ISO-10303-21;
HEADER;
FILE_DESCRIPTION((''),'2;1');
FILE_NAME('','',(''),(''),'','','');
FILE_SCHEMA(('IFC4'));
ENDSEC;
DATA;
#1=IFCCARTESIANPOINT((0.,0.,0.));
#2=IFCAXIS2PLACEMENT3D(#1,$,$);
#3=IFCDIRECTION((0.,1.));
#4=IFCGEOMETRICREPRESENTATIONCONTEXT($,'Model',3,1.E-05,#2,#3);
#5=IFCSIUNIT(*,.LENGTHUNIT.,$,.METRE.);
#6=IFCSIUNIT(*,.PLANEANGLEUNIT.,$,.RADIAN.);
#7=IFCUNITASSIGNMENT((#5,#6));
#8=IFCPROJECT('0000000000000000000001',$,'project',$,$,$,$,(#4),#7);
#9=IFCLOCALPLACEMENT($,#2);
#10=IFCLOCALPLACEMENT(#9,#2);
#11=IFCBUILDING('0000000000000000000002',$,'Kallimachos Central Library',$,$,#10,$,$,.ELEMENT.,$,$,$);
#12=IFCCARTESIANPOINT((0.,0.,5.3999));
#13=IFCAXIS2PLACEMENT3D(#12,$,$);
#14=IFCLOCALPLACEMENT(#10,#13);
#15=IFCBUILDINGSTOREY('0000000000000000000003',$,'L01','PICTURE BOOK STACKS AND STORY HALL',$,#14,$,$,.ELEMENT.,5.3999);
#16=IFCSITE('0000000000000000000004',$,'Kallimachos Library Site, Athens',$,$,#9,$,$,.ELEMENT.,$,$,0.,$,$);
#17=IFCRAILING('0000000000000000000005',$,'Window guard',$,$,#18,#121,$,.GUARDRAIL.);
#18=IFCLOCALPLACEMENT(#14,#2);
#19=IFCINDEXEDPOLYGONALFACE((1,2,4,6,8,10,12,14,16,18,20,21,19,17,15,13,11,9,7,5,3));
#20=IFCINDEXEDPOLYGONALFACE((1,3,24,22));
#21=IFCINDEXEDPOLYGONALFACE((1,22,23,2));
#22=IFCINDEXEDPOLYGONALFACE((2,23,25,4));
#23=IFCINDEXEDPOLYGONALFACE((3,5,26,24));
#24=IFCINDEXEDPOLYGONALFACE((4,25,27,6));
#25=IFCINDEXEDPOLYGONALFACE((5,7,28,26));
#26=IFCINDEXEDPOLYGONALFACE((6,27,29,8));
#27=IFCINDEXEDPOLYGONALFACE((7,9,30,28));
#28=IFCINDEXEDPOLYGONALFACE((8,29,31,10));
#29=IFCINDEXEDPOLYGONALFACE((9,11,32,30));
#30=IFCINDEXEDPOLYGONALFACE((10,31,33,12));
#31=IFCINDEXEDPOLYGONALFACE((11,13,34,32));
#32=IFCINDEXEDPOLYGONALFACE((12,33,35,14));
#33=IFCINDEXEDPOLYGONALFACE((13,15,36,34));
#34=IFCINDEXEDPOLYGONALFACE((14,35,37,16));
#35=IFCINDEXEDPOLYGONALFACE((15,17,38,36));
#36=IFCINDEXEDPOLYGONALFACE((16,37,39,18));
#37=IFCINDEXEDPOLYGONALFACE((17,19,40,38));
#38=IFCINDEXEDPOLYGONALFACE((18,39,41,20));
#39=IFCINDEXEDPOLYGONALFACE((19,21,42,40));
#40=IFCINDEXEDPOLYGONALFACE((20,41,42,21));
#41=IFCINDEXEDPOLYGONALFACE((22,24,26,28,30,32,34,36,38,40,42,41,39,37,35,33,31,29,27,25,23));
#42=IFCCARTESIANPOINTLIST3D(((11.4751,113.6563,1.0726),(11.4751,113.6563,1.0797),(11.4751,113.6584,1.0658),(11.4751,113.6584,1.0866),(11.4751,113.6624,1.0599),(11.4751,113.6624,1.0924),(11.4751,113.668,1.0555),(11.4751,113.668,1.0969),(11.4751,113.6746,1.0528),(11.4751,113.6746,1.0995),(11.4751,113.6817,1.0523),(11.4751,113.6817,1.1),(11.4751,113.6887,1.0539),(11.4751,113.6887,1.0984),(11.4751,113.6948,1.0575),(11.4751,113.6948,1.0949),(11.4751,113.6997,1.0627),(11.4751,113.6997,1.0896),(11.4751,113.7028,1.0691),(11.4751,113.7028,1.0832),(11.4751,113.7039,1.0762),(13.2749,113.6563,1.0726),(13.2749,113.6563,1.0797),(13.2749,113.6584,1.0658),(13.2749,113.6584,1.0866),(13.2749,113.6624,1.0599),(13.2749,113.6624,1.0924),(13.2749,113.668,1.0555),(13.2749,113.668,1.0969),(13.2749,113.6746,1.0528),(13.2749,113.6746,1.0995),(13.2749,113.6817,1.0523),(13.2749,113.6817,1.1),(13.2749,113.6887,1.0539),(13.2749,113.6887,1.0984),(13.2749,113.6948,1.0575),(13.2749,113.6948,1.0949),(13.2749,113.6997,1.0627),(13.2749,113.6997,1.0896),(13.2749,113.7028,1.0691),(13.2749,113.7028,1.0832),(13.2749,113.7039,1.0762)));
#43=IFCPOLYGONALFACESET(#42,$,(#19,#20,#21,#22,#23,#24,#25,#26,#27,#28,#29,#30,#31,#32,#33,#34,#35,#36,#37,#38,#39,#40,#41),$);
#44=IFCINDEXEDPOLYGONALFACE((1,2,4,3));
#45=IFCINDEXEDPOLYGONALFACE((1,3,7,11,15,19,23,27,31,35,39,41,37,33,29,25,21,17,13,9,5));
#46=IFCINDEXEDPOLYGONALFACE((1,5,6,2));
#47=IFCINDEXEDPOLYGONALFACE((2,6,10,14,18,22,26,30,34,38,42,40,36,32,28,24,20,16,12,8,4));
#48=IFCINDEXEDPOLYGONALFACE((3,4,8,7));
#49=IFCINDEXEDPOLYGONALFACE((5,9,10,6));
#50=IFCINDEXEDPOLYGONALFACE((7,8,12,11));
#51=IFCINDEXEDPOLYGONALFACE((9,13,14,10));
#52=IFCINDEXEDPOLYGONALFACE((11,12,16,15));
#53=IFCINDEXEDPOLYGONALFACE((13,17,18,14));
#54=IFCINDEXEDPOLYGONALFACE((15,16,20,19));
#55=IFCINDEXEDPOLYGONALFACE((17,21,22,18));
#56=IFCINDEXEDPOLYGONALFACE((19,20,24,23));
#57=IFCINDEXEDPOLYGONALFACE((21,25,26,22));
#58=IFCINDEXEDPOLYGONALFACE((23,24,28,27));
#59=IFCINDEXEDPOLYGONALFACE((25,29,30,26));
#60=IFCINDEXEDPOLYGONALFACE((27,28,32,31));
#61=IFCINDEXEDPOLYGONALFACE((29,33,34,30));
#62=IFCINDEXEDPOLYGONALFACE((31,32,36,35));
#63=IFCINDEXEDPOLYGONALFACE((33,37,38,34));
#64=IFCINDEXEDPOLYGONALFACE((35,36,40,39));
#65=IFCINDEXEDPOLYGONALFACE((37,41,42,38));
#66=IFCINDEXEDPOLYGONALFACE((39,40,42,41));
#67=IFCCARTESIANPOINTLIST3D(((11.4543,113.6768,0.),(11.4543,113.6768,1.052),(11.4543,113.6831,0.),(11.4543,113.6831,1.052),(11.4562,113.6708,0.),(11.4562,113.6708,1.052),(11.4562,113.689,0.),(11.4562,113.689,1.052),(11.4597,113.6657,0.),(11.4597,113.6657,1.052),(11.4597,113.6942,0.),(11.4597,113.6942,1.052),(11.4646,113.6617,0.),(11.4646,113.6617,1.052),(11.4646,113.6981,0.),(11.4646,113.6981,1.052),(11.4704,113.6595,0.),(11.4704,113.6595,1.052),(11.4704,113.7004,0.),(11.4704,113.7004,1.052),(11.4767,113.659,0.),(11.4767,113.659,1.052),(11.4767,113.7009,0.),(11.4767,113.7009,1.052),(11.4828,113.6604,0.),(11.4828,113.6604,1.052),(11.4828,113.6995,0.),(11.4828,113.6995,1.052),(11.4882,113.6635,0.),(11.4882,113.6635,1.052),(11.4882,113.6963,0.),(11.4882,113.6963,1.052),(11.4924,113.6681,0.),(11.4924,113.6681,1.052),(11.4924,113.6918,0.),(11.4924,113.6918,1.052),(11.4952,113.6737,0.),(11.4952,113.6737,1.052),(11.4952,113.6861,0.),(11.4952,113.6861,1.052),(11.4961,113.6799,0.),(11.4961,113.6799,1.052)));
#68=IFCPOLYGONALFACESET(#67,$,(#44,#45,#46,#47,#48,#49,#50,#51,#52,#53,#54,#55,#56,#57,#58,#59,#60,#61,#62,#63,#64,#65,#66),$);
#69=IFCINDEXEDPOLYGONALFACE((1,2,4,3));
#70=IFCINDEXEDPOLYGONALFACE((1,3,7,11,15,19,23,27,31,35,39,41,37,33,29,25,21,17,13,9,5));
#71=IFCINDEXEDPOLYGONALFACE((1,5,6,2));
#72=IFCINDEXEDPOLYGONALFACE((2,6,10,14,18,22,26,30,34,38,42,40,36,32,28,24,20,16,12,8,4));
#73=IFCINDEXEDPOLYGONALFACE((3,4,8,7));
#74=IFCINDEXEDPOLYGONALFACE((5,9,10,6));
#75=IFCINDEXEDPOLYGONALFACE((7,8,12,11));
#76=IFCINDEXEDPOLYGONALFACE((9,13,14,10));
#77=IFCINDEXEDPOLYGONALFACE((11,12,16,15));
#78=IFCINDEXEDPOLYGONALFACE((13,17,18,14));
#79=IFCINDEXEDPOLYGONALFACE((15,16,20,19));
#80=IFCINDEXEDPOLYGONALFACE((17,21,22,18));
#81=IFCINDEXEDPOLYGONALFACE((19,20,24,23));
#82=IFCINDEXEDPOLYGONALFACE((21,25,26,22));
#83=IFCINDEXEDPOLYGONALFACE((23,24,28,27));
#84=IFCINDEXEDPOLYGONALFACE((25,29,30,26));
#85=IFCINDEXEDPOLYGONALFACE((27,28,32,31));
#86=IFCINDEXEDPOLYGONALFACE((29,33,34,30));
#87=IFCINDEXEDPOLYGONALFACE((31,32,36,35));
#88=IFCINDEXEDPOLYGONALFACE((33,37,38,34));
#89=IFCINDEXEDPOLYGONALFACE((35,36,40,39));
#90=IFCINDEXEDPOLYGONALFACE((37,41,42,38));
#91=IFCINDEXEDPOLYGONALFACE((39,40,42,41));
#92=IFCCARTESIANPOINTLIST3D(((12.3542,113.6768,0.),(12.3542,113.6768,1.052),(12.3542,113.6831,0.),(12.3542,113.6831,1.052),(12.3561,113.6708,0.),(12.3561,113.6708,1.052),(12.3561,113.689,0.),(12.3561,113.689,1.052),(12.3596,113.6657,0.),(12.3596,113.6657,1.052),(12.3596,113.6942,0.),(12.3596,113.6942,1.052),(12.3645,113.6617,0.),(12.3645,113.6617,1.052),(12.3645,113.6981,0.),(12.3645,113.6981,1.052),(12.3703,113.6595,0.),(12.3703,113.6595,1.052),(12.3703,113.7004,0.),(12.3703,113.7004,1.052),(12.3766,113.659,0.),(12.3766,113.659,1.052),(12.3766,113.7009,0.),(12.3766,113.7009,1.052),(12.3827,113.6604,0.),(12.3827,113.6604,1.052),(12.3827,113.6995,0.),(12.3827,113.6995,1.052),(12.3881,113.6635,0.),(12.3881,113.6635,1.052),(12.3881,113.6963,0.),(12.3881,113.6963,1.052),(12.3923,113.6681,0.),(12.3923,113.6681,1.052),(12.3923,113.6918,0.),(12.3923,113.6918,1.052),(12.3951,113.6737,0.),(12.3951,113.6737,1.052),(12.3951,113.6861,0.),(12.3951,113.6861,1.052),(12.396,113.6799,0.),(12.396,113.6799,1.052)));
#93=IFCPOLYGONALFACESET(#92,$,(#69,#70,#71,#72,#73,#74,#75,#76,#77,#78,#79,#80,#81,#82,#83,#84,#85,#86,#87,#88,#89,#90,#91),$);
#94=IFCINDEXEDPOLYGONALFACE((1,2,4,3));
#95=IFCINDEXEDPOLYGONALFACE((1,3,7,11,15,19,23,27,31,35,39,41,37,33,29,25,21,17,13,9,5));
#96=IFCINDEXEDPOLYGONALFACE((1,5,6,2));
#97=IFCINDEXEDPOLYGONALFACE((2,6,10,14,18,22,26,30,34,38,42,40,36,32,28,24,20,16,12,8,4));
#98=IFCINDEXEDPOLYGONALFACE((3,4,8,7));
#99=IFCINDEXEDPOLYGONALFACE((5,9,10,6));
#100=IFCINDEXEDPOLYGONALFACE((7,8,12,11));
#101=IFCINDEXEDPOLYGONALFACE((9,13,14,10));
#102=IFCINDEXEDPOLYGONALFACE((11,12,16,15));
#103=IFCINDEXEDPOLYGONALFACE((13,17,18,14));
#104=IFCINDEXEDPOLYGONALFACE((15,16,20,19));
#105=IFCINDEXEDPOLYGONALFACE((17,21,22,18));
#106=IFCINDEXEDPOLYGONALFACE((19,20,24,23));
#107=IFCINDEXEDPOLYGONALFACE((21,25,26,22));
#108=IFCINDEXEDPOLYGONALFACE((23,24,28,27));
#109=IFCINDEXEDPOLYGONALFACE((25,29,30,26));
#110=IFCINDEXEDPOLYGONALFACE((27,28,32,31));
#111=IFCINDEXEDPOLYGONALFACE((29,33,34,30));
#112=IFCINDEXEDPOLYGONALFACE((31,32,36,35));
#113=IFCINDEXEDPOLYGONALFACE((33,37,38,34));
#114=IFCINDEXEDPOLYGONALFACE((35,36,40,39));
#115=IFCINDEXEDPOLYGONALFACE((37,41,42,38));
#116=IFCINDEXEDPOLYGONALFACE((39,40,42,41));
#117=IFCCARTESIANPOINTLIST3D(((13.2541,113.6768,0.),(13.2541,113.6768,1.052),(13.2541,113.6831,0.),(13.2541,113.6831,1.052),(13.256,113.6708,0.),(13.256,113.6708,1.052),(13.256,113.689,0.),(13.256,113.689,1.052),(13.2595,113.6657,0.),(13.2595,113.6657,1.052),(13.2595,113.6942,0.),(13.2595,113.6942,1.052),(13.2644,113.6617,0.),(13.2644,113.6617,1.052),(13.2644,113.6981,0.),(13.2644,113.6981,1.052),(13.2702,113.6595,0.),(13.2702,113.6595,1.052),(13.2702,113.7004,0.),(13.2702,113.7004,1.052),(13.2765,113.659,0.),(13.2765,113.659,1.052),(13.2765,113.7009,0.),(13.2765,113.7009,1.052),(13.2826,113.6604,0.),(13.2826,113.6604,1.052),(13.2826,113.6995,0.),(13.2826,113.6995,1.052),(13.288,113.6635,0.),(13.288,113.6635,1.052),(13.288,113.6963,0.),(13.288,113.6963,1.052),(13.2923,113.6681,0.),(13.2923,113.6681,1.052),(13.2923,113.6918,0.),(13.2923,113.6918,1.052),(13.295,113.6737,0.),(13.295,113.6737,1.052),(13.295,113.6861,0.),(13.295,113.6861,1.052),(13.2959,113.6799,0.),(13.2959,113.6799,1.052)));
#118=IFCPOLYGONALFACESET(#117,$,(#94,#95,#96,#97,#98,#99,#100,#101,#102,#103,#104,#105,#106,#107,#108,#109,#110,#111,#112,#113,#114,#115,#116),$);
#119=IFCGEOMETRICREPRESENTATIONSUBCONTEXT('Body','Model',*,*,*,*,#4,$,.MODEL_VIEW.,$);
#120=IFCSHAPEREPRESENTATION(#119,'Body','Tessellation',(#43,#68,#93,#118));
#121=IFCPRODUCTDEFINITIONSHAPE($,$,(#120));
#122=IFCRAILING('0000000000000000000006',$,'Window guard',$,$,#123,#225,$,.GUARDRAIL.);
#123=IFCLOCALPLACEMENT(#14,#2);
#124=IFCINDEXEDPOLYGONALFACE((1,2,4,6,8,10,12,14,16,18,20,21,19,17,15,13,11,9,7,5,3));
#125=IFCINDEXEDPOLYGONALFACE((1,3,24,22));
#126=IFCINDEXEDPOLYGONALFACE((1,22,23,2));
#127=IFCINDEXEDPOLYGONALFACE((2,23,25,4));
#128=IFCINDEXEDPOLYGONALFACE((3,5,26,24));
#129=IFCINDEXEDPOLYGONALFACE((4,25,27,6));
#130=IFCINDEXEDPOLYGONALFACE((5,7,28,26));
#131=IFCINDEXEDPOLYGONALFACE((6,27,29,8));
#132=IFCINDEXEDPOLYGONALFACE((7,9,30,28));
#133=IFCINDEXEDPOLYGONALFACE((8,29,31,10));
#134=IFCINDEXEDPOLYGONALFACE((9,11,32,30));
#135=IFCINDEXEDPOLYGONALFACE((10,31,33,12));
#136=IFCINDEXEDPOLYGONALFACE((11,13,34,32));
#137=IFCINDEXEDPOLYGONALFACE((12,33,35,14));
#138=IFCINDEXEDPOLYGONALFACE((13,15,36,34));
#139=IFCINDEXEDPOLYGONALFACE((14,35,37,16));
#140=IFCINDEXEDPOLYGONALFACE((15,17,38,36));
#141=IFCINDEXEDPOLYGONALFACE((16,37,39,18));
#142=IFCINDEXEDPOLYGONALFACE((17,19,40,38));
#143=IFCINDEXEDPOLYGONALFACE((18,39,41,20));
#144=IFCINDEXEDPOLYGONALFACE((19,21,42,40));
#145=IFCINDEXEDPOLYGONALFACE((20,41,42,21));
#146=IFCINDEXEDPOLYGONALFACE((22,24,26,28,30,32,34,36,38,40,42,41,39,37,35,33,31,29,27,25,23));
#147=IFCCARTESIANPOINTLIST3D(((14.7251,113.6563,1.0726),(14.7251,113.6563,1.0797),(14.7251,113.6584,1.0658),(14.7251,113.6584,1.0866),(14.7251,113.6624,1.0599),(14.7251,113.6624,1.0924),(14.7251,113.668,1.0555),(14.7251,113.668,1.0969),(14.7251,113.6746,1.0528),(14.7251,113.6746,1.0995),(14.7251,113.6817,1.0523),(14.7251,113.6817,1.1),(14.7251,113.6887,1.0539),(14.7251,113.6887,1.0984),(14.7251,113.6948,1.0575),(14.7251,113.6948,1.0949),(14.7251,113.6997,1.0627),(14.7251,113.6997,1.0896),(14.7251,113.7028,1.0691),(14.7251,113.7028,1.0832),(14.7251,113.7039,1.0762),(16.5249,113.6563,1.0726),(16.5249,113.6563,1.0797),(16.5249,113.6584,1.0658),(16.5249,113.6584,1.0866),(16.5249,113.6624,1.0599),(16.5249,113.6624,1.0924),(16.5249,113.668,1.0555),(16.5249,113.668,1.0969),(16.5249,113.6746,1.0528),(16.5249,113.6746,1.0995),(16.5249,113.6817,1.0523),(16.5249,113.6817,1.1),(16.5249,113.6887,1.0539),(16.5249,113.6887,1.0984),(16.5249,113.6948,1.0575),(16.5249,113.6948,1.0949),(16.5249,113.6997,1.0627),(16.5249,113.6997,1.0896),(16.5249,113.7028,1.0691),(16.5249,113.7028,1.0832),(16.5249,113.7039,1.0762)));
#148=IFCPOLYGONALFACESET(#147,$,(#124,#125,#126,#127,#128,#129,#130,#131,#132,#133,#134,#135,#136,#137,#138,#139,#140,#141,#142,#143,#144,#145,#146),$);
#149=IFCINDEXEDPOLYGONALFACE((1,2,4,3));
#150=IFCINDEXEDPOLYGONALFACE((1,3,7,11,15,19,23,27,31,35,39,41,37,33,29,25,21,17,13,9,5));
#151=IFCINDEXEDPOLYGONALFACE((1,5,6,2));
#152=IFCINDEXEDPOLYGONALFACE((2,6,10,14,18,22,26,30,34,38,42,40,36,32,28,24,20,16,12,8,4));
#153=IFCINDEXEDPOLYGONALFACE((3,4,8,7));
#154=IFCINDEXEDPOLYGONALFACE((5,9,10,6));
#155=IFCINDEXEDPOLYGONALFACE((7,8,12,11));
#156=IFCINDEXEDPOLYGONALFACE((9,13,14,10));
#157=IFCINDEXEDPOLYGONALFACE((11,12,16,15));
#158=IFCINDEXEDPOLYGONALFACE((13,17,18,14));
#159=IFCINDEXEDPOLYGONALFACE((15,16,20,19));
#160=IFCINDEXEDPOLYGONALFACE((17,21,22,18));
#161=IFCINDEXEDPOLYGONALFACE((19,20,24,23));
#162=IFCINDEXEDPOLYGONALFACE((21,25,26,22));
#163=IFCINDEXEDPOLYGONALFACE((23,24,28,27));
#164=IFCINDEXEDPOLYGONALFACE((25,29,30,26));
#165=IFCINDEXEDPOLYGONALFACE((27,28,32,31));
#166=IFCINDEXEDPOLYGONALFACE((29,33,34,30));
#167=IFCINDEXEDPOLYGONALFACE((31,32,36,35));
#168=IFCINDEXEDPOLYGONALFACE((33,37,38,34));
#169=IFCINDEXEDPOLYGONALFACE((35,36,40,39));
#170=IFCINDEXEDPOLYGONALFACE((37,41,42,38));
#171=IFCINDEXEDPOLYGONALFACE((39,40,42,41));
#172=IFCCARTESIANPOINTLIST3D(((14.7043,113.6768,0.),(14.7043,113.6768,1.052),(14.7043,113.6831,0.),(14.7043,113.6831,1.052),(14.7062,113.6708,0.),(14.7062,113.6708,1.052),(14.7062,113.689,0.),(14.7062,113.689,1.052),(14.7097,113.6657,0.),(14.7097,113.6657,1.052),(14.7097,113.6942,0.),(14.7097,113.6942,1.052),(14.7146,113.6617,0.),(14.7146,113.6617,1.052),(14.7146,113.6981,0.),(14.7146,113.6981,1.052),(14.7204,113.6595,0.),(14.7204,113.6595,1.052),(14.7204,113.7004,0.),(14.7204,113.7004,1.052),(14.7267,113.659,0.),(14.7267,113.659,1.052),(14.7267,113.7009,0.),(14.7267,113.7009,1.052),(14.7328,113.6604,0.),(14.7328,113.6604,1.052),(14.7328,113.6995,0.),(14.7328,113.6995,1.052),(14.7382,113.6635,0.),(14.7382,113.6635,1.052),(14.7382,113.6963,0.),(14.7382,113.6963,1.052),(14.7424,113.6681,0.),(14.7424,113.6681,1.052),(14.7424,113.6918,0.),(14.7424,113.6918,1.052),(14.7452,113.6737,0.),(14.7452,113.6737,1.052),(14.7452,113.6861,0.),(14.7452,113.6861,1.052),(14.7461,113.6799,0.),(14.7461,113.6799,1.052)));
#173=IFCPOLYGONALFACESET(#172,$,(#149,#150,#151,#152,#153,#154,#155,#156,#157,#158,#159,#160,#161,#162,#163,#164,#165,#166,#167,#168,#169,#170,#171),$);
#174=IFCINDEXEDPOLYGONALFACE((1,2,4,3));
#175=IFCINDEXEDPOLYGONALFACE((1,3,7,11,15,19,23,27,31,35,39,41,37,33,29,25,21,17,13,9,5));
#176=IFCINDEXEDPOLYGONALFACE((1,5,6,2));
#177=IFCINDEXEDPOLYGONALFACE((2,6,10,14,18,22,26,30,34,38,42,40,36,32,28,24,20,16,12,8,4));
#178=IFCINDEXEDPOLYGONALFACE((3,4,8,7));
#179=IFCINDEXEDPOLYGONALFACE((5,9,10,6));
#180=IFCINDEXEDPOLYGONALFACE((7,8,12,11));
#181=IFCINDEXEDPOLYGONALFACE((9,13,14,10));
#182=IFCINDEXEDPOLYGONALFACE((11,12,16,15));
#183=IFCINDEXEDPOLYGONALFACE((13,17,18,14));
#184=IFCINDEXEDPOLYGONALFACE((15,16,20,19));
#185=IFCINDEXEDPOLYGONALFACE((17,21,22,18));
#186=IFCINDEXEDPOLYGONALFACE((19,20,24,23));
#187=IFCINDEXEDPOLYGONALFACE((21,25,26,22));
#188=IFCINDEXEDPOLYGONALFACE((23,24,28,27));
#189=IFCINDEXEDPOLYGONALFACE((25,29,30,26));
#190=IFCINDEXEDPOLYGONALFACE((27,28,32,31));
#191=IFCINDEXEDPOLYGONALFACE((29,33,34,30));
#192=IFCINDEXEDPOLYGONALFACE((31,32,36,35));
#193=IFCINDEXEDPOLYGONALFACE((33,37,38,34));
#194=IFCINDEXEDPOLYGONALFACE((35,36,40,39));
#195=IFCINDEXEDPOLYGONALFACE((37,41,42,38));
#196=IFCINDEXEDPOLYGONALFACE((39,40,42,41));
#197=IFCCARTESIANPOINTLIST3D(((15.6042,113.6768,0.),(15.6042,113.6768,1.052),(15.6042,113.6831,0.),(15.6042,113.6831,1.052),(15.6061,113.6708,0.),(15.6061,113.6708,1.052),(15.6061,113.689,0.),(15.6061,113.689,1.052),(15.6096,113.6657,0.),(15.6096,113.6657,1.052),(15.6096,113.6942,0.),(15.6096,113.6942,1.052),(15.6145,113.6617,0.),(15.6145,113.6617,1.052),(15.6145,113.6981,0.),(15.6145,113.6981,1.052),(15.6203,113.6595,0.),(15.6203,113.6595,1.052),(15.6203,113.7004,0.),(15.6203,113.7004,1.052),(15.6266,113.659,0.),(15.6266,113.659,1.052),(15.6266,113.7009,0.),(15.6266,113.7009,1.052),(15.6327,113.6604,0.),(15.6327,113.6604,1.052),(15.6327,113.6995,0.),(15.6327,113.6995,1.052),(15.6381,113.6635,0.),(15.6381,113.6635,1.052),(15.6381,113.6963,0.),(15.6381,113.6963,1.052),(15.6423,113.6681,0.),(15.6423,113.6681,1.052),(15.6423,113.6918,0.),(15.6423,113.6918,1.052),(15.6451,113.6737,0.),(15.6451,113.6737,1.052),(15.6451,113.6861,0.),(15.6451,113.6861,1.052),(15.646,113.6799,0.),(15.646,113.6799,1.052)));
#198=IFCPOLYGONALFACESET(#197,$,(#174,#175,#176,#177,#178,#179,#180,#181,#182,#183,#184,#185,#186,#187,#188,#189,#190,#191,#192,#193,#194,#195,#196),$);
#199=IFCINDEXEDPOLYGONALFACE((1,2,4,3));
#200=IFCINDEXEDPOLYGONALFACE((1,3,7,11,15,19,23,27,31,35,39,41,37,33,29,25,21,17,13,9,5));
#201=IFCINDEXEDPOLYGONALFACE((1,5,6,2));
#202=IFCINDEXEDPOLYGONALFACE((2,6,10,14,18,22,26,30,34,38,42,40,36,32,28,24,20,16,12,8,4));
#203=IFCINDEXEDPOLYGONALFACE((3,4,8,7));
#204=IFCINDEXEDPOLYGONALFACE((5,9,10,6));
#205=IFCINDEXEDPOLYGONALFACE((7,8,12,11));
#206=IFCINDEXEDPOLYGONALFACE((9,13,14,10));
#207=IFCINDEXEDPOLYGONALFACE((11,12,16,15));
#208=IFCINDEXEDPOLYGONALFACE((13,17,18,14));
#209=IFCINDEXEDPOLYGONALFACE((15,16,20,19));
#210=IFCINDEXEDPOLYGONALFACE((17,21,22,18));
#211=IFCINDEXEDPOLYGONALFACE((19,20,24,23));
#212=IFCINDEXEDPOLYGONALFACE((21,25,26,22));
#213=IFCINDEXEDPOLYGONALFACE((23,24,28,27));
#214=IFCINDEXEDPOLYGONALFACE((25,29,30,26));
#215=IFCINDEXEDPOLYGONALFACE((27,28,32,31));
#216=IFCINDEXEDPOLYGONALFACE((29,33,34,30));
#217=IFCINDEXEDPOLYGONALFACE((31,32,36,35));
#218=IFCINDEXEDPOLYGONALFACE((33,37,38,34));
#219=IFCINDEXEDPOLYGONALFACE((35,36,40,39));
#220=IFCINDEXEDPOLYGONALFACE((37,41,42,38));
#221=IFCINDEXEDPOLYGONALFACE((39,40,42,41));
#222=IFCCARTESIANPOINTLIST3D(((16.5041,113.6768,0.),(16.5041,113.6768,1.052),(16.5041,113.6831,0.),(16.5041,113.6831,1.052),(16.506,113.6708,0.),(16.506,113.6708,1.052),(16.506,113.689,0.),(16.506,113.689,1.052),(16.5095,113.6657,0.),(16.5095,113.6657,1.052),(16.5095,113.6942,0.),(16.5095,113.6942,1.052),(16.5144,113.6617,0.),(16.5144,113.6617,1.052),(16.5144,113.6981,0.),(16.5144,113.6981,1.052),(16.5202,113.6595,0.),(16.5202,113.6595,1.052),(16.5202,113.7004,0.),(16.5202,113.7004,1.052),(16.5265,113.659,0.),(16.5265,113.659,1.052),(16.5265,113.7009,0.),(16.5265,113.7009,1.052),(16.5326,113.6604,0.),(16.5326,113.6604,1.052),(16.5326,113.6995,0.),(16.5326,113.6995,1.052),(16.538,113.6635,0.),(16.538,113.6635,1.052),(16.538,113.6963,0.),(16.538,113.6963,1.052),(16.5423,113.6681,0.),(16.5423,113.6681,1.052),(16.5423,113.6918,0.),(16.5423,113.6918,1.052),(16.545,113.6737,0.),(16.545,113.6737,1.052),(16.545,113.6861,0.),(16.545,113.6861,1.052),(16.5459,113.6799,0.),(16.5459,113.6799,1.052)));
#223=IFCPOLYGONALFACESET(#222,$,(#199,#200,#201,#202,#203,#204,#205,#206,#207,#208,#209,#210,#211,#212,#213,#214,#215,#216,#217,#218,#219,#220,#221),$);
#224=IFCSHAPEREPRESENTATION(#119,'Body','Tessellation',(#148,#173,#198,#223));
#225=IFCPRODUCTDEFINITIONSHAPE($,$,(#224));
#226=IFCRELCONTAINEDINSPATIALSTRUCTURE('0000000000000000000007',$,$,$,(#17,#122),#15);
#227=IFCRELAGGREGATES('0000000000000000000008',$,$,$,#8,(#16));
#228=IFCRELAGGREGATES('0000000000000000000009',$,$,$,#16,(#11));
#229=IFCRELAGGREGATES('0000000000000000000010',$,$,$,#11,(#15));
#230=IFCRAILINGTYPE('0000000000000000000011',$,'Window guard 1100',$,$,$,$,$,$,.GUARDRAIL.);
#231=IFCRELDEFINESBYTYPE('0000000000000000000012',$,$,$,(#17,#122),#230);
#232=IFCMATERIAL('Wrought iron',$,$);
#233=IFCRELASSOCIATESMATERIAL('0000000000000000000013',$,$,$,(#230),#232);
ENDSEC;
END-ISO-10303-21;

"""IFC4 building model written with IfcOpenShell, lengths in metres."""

from ifc_helpers import new_model, si_unit, direction, frame, origin, origin_2d, place, context, subcontext, project, spatial, circle, extrude, material, type_object, element, save


model = new_model("IFC4")

# Units and contexts
model_context = context("Model", 3, precision=1e-05, world=origin(), true_north=direction((0.0, 1.0)))
body_context = subcontext(model_context, "Body", "Model", "MODEL_VIEW")
ifc_project = project(units=[si_unit("LENGTHUNIT", "METRE"), si_unit("PLANEANGLEUNIT", "RADIAN")], contexts=[model_context])

# Site, building, storey
site_placement = place(None, origin())
site = spatial("IfcSite", under=ifc_project, at=site_placement, Name="Kallimachos Library Site, Athens", CompositionType="ELEMENT", RefElevation=0.0)
building_placement = place(site_placement, origin())
building = spatial("IfcBuilding", under=site, at=building_placement, Name="Kallimachos Central Library", CompositionType="ELEMENT")
storey_placement = place(building_placement, frame((0.0, 0.0, 5.3999)))
storey = spatial("IfcBuildingStorey", under=building, at=storey_placement, Name="L01", Description="PICTURE BOOK STACKS AND STORY HALL", CompositionType="ELEMENT", Elevation=5.3999)

# Railings
ifc_material_1 = material(Name="Wrought iron")
railing_type = type_object("IfcRailingType", Name="Window guard 1100", PredefinedType="GUARDRAIL", material=ifc_material_1)
for number, where, name in (
    (1, (11.4751, 113.6799, 0.0), "Window guard"),
    (2, (14.7251, 113.6799, 0.0), "Window guard"),
):
    element("IfcRailing", number, at=place(storey_placement, frame(where)), inside=storey, type_object=railing_type, Name=name, PredefinedType="GUARDRAIL", context=body_context, shape_type="SweptSolid", body=[
        extrude(circle(Radius=0.0239, at=origin_2d()), frame((0.0, 0.0, 1.0762), z_axis=(1.0, 0.0, 0.0), x_axis=(0.0, 1.0, 0.0)), (0.0, 0.0, 1.0), 1.7998),
        extrude(circle(Radius=0.021, at=origin_2d()), origin(), (0.0, 0.0, 1.0), 1.052),
        extrude(circle(Radius=0.021, at=origin_2d()), frame((0.8999, 0.0, 0.0)), (0.0, 0.0, 1.0), 1.052),
        extrude(circle(Radius=0.021, at=origin_2d()), frame((1.7998, 0.0, 0.0)), (0.0, 0.0, 1.0), 1.052),
    ])

save(model, "model.ifc")
